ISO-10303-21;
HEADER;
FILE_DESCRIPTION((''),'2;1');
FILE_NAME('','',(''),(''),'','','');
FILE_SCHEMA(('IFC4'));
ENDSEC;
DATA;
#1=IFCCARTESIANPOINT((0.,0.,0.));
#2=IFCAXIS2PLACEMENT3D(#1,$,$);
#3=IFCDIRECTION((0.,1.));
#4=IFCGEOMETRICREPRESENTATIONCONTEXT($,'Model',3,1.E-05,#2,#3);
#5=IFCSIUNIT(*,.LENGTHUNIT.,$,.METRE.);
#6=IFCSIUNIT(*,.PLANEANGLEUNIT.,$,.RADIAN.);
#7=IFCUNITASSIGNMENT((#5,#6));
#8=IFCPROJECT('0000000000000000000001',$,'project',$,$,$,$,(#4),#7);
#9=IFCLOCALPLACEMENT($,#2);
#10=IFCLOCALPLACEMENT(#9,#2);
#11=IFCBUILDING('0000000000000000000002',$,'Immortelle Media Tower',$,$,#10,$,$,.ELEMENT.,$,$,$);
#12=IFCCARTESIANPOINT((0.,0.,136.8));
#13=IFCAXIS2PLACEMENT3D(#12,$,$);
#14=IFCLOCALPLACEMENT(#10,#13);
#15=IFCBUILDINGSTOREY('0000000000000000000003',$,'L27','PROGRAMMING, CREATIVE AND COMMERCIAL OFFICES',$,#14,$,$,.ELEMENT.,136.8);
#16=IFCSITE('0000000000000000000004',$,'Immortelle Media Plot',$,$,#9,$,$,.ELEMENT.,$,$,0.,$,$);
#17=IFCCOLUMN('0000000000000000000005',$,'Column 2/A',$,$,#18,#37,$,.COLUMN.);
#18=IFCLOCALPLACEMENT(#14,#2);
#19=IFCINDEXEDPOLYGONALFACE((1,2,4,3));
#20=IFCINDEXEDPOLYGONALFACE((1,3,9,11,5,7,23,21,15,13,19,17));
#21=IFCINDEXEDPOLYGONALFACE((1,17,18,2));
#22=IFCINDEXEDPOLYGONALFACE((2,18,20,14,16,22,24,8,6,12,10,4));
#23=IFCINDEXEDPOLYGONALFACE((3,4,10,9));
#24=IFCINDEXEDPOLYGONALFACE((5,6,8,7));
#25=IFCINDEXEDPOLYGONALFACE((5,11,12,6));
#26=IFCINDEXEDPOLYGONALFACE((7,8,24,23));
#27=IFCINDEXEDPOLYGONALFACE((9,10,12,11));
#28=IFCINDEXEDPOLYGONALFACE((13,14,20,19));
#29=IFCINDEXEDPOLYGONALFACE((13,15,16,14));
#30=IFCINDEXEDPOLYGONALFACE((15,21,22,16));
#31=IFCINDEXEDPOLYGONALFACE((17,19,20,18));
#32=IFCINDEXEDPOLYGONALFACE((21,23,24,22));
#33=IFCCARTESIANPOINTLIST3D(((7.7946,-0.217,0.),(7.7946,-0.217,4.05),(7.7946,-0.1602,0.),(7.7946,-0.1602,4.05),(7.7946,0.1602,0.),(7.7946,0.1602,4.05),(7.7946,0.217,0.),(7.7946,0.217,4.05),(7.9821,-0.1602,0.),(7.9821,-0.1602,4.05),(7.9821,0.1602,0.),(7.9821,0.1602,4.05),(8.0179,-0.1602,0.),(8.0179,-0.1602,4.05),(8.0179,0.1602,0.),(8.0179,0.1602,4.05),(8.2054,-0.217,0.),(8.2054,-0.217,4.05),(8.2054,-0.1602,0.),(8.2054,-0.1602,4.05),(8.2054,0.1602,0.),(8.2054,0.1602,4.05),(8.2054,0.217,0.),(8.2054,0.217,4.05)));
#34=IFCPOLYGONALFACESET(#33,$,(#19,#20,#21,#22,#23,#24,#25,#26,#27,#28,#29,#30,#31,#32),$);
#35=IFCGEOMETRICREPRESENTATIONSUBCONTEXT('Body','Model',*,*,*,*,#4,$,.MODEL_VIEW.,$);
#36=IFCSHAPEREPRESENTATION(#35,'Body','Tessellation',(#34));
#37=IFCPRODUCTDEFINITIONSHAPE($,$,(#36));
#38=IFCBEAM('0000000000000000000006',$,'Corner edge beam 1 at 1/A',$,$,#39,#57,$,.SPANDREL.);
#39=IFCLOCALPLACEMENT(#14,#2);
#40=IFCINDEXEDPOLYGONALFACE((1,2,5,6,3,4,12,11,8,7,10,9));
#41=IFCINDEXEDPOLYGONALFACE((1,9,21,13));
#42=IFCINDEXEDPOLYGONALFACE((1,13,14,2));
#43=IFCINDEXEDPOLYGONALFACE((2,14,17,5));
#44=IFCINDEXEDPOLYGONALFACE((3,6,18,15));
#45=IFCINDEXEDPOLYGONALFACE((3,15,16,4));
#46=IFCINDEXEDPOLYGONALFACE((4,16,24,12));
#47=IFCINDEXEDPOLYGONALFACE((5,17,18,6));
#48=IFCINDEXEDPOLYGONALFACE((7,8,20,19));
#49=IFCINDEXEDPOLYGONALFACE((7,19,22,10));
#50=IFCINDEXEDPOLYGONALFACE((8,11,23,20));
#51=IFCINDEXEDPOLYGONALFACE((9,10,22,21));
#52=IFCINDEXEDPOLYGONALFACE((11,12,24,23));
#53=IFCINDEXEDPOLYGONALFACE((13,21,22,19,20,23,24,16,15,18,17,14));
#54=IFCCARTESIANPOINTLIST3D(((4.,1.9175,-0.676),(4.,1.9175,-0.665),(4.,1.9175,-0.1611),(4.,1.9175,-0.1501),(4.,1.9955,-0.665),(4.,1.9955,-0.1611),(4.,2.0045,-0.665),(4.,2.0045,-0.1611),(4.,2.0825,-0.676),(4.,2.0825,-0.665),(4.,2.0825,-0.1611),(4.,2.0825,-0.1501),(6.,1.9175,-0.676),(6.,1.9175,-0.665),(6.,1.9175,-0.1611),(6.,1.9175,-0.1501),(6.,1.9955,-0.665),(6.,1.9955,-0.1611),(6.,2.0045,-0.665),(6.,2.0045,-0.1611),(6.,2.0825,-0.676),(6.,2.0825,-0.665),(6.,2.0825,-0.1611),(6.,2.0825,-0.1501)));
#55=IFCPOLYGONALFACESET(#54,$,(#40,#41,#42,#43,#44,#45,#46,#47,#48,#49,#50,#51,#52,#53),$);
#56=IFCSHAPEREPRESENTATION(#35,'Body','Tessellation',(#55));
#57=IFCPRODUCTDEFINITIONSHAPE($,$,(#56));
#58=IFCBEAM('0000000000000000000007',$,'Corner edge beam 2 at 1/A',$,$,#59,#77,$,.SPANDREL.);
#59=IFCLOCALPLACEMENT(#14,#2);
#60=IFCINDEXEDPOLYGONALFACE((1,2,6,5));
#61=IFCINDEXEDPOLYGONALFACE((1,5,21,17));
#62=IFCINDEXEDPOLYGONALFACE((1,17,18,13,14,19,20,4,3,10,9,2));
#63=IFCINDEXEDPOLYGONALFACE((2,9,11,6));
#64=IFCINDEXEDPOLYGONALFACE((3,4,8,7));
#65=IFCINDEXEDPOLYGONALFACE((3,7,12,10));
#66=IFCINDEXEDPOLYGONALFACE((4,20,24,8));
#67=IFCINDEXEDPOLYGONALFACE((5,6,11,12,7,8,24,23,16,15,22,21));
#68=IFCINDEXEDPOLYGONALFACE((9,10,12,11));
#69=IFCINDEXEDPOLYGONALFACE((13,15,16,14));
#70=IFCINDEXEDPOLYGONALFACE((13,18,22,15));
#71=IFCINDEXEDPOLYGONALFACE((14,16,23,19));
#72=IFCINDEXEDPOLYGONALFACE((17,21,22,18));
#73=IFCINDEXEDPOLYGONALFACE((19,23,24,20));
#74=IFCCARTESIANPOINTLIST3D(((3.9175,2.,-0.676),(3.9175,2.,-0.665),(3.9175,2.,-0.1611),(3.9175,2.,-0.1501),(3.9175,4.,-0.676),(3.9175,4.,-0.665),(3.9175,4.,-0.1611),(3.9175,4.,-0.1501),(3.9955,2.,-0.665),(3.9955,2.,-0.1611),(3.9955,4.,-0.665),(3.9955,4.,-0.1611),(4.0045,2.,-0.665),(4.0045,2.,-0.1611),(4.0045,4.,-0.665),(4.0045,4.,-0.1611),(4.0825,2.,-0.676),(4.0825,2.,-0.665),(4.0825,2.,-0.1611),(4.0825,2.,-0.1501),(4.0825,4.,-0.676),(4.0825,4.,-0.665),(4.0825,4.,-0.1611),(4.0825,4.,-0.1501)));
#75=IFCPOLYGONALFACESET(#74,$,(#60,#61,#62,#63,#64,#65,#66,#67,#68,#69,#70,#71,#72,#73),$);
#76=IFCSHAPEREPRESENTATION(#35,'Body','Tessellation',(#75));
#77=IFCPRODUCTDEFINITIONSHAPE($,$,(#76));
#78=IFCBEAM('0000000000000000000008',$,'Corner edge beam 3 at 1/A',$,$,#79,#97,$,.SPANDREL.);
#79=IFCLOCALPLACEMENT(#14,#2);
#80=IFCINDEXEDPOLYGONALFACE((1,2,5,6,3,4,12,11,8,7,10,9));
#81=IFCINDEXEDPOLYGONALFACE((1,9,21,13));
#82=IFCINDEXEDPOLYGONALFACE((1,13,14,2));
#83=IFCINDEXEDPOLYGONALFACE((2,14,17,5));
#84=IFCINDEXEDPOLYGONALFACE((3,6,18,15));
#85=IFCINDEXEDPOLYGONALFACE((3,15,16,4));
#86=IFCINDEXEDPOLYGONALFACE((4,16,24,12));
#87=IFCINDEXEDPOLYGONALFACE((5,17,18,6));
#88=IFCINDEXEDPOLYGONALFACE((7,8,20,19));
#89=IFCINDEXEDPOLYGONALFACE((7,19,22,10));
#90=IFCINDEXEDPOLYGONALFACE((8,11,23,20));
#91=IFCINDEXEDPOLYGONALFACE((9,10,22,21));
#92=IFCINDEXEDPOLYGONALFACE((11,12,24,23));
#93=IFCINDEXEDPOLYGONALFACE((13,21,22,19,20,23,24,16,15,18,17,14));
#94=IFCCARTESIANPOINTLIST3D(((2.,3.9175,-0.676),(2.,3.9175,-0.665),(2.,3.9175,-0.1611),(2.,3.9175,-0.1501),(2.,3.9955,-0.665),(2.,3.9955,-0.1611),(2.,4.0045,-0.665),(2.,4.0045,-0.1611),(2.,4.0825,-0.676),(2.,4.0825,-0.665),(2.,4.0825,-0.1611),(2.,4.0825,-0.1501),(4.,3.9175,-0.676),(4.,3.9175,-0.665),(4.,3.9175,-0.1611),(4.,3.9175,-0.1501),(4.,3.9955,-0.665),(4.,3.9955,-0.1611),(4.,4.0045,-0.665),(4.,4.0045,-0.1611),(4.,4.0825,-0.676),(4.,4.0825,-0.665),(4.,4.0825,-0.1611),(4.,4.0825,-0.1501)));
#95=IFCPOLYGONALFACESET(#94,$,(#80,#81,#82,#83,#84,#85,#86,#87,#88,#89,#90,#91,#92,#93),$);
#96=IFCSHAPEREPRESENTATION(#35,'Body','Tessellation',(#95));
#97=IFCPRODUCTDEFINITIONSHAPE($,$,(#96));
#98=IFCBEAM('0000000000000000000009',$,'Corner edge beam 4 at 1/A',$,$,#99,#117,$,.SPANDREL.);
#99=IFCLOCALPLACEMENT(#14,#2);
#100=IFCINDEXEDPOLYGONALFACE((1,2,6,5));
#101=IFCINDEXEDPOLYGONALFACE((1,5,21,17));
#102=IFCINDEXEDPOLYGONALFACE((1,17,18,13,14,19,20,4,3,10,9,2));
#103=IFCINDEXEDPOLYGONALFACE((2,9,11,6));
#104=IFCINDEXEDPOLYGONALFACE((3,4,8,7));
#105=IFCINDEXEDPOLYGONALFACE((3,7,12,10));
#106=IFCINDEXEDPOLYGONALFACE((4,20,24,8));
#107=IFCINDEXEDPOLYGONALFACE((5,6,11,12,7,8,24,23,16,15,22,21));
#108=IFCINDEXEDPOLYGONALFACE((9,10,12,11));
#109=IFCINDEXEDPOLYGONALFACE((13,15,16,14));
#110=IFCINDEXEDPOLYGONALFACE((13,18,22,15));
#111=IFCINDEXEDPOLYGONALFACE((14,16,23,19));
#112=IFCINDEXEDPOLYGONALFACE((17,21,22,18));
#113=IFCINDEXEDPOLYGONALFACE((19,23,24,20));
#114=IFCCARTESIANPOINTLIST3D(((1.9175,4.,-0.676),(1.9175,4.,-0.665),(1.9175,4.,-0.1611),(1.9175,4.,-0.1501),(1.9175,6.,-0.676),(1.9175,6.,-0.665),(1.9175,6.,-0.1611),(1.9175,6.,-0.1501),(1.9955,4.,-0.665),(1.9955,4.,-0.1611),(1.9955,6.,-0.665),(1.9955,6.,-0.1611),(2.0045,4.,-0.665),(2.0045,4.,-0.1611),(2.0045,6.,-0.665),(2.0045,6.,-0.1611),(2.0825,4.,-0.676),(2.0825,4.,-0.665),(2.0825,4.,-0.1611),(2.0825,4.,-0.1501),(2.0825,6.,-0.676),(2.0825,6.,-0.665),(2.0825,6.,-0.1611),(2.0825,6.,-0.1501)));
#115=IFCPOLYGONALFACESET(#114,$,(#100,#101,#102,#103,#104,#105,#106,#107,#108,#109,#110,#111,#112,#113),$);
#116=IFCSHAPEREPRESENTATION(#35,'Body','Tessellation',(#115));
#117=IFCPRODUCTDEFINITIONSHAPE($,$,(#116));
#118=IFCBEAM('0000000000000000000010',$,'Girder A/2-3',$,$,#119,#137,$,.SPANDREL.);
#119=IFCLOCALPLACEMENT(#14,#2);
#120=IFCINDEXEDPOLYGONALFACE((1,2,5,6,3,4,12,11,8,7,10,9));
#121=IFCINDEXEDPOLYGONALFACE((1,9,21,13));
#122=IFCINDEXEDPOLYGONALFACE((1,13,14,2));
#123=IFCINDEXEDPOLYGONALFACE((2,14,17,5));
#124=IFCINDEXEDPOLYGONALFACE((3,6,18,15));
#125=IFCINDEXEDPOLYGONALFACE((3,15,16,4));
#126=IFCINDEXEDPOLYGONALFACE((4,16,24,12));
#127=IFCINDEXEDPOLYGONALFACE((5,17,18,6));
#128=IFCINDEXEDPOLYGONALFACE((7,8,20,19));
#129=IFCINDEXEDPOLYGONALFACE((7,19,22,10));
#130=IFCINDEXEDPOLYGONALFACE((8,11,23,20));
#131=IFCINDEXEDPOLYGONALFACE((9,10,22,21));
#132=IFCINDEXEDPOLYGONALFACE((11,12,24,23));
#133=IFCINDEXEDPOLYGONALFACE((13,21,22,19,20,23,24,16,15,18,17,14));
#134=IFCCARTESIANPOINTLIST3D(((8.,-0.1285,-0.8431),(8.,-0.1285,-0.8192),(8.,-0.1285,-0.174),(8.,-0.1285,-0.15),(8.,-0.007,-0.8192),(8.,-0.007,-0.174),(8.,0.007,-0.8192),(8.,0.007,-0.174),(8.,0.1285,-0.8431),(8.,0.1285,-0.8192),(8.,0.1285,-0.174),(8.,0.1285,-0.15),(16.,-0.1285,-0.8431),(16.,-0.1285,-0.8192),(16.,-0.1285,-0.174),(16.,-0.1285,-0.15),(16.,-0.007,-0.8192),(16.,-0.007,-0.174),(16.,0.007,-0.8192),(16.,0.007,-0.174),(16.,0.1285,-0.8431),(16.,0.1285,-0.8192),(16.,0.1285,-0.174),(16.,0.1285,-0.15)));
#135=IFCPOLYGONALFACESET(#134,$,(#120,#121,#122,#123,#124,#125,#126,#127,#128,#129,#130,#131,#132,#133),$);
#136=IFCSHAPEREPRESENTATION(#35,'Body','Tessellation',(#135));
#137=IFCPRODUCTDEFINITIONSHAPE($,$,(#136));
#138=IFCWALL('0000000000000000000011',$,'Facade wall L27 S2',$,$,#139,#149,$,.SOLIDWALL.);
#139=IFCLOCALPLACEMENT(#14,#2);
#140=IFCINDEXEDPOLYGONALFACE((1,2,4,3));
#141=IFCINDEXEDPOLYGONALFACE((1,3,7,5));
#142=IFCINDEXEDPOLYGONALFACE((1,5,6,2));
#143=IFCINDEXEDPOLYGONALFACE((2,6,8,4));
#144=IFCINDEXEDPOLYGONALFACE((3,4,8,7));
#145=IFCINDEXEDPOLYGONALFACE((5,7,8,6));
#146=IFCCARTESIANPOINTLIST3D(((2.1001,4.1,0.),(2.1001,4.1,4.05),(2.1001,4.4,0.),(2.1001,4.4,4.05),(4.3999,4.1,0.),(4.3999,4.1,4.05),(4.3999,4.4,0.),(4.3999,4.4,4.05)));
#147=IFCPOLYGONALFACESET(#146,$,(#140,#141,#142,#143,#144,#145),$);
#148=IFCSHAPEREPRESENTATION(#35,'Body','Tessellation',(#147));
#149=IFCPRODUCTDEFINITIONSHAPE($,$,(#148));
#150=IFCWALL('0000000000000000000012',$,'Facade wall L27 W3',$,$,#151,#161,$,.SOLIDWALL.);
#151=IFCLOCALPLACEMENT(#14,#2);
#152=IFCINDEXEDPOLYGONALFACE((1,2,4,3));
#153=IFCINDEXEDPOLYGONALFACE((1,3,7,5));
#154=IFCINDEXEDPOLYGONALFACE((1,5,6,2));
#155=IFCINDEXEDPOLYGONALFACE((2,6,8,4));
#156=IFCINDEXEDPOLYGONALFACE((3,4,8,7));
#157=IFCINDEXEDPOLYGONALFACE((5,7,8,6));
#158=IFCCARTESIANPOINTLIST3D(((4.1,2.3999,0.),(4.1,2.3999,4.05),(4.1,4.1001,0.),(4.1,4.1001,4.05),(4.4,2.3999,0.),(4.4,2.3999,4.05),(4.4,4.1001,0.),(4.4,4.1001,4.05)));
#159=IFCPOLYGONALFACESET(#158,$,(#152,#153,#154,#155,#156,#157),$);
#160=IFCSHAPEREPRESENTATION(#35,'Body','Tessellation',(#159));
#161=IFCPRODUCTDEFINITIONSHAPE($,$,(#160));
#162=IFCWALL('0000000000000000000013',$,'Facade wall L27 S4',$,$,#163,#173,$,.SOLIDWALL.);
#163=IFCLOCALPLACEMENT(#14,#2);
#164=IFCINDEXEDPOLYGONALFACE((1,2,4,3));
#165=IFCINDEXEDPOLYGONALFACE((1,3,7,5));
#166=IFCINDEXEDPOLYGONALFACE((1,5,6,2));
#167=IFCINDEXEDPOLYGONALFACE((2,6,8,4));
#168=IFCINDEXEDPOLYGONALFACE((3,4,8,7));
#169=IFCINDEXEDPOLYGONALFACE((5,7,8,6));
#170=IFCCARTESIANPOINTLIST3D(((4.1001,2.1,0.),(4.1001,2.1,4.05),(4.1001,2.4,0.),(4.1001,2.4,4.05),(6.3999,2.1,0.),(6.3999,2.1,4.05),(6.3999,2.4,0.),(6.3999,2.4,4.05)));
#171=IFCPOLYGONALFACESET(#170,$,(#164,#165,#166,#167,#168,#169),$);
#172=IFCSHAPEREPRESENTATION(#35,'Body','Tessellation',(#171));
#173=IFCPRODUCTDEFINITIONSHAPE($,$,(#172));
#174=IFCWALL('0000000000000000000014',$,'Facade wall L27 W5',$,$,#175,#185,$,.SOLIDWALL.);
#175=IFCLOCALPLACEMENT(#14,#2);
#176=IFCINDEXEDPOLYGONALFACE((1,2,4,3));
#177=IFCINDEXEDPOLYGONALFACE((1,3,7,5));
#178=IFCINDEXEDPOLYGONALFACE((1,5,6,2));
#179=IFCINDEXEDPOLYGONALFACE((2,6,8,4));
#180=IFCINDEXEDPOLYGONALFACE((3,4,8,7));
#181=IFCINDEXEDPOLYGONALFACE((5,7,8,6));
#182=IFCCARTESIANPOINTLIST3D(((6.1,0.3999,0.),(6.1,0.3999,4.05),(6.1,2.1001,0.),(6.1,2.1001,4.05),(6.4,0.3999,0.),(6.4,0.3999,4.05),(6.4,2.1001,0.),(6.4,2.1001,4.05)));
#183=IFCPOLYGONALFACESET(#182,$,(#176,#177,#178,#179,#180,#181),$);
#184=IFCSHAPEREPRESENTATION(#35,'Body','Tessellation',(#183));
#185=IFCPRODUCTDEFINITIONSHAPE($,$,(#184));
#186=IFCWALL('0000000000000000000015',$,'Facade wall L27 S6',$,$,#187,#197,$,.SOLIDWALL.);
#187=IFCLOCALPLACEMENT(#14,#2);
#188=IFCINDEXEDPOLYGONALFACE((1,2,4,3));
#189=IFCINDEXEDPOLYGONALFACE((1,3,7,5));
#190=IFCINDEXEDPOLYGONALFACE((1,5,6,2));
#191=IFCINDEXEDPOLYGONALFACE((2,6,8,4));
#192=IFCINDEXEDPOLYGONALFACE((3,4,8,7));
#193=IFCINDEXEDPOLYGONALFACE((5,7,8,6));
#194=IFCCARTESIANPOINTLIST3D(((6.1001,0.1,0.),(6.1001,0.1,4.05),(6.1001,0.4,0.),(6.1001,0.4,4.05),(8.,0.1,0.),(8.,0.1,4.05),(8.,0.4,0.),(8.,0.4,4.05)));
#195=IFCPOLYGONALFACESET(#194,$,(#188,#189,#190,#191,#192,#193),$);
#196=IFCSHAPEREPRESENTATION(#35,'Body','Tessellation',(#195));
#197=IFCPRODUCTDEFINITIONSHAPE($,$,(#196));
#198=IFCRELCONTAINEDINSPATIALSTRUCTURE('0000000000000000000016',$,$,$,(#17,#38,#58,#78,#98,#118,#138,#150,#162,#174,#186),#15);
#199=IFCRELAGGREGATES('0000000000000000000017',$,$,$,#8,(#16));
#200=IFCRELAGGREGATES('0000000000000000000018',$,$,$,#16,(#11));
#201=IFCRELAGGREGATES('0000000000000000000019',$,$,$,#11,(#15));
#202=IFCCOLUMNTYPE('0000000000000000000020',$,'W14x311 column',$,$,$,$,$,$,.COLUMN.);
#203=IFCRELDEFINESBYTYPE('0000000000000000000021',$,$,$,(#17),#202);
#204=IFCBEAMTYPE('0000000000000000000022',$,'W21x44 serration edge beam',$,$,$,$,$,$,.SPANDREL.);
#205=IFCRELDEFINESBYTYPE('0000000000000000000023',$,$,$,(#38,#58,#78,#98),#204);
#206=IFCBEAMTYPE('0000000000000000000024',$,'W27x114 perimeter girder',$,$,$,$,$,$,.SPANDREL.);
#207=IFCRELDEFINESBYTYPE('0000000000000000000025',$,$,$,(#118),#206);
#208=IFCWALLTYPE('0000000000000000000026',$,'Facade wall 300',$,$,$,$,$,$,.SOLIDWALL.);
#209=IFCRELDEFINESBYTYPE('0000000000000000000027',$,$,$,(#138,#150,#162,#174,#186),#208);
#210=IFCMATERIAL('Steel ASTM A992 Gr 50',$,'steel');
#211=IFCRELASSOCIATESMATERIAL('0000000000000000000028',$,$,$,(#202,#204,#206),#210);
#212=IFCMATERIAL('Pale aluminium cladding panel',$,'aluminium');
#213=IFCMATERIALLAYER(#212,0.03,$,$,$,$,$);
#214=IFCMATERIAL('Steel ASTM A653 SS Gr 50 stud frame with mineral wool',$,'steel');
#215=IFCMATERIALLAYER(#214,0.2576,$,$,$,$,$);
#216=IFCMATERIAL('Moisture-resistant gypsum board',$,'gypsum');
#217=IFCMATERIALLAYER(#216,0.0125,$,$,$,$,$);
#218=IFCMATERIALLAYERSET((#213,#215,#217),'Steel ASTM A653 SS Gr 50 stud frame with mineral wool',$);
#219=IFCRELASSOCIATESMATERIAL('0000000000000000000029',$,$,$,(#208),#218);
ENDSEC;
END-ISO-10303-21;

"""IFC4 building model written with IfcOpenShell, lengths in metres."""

from ifc_helpers import new_model, si_unit, direction, frame, frame_2d, origin, origin_2d, place, context, subcontext, project, spatial, rectangle, i_section, extrude, material, layer, layer_set, material_profile, profile_set, type_object, element, save


model = new_model("IFC4")

# Units and contexts
model_context = context("Model", 3, precision=1e-05, world=origin(), true_north=direction((0.0, 1.0)))
body_context = subcontext(model_context, "Body", "Model", "MODEL_VIEW")
ifc_project = project(units=[si_unit("LENGTHUNIT", "METRE"), si_unit("PLANEANGLEUNIT", "RADIAN")], contexts=[model_context])

# Site, building, storey
site_placement = place(None, origin())
site = spatial("IfcSite", under=ifc_project, at=site_placement, Name="Immortelle Media Plot", CompositionType="ELEMENT", RefElevation=0.0)
building_placement = place(site_placement, origin())
building = spatial("IfcBuilding", under=site, at=building_placement, Name="Immortelle Media Tower", CompositionType="ELEMENT")
storey_placement = place(building_placement, frame((0.0, 0.0, 136.8)))
storey = spatial("IfcBuildingStorey", under=building, at=storey_placement, Name="L27", Description="PROGRAMMING, CREATIVE AND COMMERCIAL OFFICES", CompositionType="ELEMENT", Elevation=136.8)

# Column
ifc_material_1 = material(Name="Steel ASTM A992 Gr 50", Category="steel")
ifc_material_profile_1 = material_profile(ifc_material_1, i_section(OverallWidth=0.4109, OverallDepth=0.4341, WebThickness=0.0359, FlangeThickness=0.0569, at=origin_2d()), Name="W14x311")
ifc_profile_set_1 = profile_set([ifc_material_profile_1], Name="Steel ASTM A992 Gr 50")
column_type = type_object("IfcColumnType", Name="W14x311 column", PredefinedType="COLUMN", material=ifc_profile_set_1)
column_placement = place(storey_placement, frame((8.0, 0.0, 0.0), z_axis=(0.0, 0.0, 1.0), x_axis=(1.0, 0.0, 0.0)))
element("IfcColumn", 1, at=column_placement, inside=storey, type_object=column_type, Name="Column 2/A", PredefinedType="COLUMN", context=body_context, shape_type="SweptSolid", body=[
    extrude(i_section(OverallWidth=0.4109, OverallDepth=0.4341, WebThickness=0.0359, FlangeThickness=0.0569, at=origin_2d()), origin(), (0.0, 0.0, 1.0), 4.05),
])

# Beams
ifc_material_profile_2 = material_profile(ifc_material_1, i_section(OverallWidth=0.165, OverallDepth=0.5259, WebThickness=0.009, FlangeThickness=0.011, at=origin_2d()), Name="W21x44")
ifc_profile_set_2 = profile_set([ifc_material_profile_2], Name="Steel ASTM A992 Gr 50")
beam_type_1 = type_object("IfcBeamType", Name="W21x44 serration edge beam", PredefinedType="SPANDREL", material=ifc_profile_set_2)
for number, where, z_axis, x_axis, name in (
    (2, (6.0, 2.0, -0.4131), (-1.0, 0.0, 0.0), (0.0, -1.0, 0.0), "Corner edge beam 1 at 1/A"),
    (3, (4.0, 2.0, -0.4131), (0.0, 1.0, 0.0), (-1.0, 0.0, 0.0), "Corner edge beam 2 at 1/A"),
    (4, (4.0, 4.0, -0.4131), (-1.0, 0.0, 0.0), (0.0, -1.0, 0.0), "Corner edge beam 3 at 1/A"),
    (5, (2.0, 4.0, -0.4131), (0.0, 1.0, 0.0), (-1.0, 0.0, 0.0), "Corner edge beam 4 at 1/A"),
):
    element("IfcBeam", number, at=place(storey_placement, frame(where, z_axis=z_axis, x_axis=x_axis)), inside=storey, type_object=beam_type_1, Name=name, PredefinedType="SPANDREL", context=body_context, shape_type="SweptSolid", body=[
        extrude(i_section(OverallWidth=0.165, OverallDepth=0.5259, WebThickness=0.009, FlangeThickness=0.011, at=origin_2d()), origin(), (0.0, 0.0, 1.0), 2.0),
    ])
ifc_material_profile_3 = material_profile(ifc_material_1, i_section(OverallWidth=0.2571, OverallDepth=0.6931, WebThickness=0.0139, FlangeThickness=0.0239, at=origin_2d()), Name="W27x114")
ifc_profile_set_3 = profile_set([ifc_material_profile_3], Name="Steel ASTM A992 Gr 50")
beam_type_2 = type_object("IfcBeamType", Name="W27x114 perimeter girder", PredefinedType="SPANDREL", material=ifc_profile_set_3)
beam_placement = place(storey_placement, frame((8.0, 0.0, -0.4966), z_axis=(1.0, 0.0, 0.0), x_axis=(0.0, 1.0, 0.0)))
element("IfcBeam", 6, at=beam_placement, inside=storey, type_object=beam_type_2, Name="Girder A/2-3", PredefinedType="SPANDREL", context=body_context, shape_type="SweptSolid", body=[
    extrude(i_section(OverallWidth=0.2571, OverallDepth=0.6931, WebThickness=0.0139, FlangeThickness=0.0239, at=origin_2d()), origin(), (0.0, 0.0, 1.0), 8.0),
])

# Shared definitions
ifc_material_2 = material(Name="Steel ASTM A653 SS Gr 50 stud frame with mineral wool", Category="steel")

# Walls
ifc_material_3 = material(Name="Pale aluminium cladding panel", Category="aluminium")
ifc_layer_1 = layer(ifc_material_3, 0.03)
ifc_layer_2 = layer(ifc_material_2, 0.2576)
ifc_material_4 = material(Name="Moisture-resistant gypsum board", Category="gypsum")
ifc_layer_3 = layer(ifc_material_4, 0.0125)
ifc_layer_set_1 = layer_set([ifc_layer_1, ifc_layer_2, ifc_layer_3], Name="Steel ASTM A653 SS Gr 50 stud frame with mineral wool")
wall_type_1 = type_object("IfcWallType", Name="Facade wall 300", PredefinedType="SOLIDWALL", material=ifc_layer_set_1)
wall_1_placement = place(storey_placement, frame((2.1001, 4.25, 0.0), z_axis=(0.0, 0.0, 1.0), x_axis=(1.0, 0.0, 0.0)))
element("IfcWall", 7, at=wall_1_placement, inside=storey, type_object=wall_type_1, Name="Facade wall L27 S2", PredefinedType="SOLIDWALL", context=body_context, shape_type="SweptSolid", body=[
    extrude(rectangle(XDim=2.2998, YDim=0.3, at=frame_2d((1.1499, 0.0))), origin(), (0.0, 0.0, 1.0), 4.05),
])
wall_2_placement = place(storey_placement, frame((4.25, 4.1001, 0.0), z_axis=(0.0, 0.0, 1.0), x_axis=(0.0, -1.0, 0.0)))
element("IfcWall", 8, at=wall_2_placement, inside=storey, type_object=wall_type_1, Name="Facade wall L27 W3", PredefinedType="SOLIDWALL", context=body_context, shape_type="SweptSolid", body=[
    extrude(rectangle(XDim=1.7002, YDim=0.3, at=frame_2d((0.8501, 0.0))), origin(), (0.0, 0.0, 1.0), 4.05),
])
wall_3_placement = place(storey_placement, frame((4.1001, 2.25, 0.0), z_axis=(0.0, 0.0, 1.0), x_axis=(1.0, 0.0, 0.0)))
element("IfcWall", 9, at=wall_3_placement, inside=storey, type_object=wall_type_1, Name="Facade wall L27 S4", PredefinedType="SOLIDWALL", context=body_context, shape_type="SweptSolid", body=[
    extrude(rectangle(XDim=2.2998, YDim=0.3, at=frame_2d((1.1499, 0.0))), origin(), (0.0, 0.0, 1.0), 4.05),
])
wall_4_placement = place(storey_placement, frame((6.25, 2.1001, 0.0), z_axis=(0.0, 0.0, 1.0), x_axis=(0.0, -1.0, 0.0)))
element("IfcWall", 10, at=wall_4_placement, inside=storey, type_object=wall_type_1, Name="Facade wall L27 W5", PredefinedType="SOLIDWALL", context=body_context, shape_type="SweptSolid", body=[
    extrude(rectangle(XDim=1.7002, YDim=0.3, at=frame_2d((0.8501, 0.0))), origin(), (0.0, 0.0, 1.0), 4.05),
])
wall_5_placement = place(storey_placement, frame((6.1001, 0.25, 0.0), z_axis=(0.0, 0.0, 1.0), x_axis=(1.0, 0.0, 0.0)))
element("IfcWall", 11, at=wall_5_placement, inside=storey, type_object=wall_type_1, Name="Facade wall L27 S6", PredefinedType="SOLIDWALL", context=body_context, shape_type="SweptSolid", body=[
    extrude(rectangle(XDim=1.8999, YDim=0.3, at=frame_2d((0.95, 0.0))), origin(), (0.0, 0.0, 1.0), 4.05),
])

save(model, "model.ifc")
